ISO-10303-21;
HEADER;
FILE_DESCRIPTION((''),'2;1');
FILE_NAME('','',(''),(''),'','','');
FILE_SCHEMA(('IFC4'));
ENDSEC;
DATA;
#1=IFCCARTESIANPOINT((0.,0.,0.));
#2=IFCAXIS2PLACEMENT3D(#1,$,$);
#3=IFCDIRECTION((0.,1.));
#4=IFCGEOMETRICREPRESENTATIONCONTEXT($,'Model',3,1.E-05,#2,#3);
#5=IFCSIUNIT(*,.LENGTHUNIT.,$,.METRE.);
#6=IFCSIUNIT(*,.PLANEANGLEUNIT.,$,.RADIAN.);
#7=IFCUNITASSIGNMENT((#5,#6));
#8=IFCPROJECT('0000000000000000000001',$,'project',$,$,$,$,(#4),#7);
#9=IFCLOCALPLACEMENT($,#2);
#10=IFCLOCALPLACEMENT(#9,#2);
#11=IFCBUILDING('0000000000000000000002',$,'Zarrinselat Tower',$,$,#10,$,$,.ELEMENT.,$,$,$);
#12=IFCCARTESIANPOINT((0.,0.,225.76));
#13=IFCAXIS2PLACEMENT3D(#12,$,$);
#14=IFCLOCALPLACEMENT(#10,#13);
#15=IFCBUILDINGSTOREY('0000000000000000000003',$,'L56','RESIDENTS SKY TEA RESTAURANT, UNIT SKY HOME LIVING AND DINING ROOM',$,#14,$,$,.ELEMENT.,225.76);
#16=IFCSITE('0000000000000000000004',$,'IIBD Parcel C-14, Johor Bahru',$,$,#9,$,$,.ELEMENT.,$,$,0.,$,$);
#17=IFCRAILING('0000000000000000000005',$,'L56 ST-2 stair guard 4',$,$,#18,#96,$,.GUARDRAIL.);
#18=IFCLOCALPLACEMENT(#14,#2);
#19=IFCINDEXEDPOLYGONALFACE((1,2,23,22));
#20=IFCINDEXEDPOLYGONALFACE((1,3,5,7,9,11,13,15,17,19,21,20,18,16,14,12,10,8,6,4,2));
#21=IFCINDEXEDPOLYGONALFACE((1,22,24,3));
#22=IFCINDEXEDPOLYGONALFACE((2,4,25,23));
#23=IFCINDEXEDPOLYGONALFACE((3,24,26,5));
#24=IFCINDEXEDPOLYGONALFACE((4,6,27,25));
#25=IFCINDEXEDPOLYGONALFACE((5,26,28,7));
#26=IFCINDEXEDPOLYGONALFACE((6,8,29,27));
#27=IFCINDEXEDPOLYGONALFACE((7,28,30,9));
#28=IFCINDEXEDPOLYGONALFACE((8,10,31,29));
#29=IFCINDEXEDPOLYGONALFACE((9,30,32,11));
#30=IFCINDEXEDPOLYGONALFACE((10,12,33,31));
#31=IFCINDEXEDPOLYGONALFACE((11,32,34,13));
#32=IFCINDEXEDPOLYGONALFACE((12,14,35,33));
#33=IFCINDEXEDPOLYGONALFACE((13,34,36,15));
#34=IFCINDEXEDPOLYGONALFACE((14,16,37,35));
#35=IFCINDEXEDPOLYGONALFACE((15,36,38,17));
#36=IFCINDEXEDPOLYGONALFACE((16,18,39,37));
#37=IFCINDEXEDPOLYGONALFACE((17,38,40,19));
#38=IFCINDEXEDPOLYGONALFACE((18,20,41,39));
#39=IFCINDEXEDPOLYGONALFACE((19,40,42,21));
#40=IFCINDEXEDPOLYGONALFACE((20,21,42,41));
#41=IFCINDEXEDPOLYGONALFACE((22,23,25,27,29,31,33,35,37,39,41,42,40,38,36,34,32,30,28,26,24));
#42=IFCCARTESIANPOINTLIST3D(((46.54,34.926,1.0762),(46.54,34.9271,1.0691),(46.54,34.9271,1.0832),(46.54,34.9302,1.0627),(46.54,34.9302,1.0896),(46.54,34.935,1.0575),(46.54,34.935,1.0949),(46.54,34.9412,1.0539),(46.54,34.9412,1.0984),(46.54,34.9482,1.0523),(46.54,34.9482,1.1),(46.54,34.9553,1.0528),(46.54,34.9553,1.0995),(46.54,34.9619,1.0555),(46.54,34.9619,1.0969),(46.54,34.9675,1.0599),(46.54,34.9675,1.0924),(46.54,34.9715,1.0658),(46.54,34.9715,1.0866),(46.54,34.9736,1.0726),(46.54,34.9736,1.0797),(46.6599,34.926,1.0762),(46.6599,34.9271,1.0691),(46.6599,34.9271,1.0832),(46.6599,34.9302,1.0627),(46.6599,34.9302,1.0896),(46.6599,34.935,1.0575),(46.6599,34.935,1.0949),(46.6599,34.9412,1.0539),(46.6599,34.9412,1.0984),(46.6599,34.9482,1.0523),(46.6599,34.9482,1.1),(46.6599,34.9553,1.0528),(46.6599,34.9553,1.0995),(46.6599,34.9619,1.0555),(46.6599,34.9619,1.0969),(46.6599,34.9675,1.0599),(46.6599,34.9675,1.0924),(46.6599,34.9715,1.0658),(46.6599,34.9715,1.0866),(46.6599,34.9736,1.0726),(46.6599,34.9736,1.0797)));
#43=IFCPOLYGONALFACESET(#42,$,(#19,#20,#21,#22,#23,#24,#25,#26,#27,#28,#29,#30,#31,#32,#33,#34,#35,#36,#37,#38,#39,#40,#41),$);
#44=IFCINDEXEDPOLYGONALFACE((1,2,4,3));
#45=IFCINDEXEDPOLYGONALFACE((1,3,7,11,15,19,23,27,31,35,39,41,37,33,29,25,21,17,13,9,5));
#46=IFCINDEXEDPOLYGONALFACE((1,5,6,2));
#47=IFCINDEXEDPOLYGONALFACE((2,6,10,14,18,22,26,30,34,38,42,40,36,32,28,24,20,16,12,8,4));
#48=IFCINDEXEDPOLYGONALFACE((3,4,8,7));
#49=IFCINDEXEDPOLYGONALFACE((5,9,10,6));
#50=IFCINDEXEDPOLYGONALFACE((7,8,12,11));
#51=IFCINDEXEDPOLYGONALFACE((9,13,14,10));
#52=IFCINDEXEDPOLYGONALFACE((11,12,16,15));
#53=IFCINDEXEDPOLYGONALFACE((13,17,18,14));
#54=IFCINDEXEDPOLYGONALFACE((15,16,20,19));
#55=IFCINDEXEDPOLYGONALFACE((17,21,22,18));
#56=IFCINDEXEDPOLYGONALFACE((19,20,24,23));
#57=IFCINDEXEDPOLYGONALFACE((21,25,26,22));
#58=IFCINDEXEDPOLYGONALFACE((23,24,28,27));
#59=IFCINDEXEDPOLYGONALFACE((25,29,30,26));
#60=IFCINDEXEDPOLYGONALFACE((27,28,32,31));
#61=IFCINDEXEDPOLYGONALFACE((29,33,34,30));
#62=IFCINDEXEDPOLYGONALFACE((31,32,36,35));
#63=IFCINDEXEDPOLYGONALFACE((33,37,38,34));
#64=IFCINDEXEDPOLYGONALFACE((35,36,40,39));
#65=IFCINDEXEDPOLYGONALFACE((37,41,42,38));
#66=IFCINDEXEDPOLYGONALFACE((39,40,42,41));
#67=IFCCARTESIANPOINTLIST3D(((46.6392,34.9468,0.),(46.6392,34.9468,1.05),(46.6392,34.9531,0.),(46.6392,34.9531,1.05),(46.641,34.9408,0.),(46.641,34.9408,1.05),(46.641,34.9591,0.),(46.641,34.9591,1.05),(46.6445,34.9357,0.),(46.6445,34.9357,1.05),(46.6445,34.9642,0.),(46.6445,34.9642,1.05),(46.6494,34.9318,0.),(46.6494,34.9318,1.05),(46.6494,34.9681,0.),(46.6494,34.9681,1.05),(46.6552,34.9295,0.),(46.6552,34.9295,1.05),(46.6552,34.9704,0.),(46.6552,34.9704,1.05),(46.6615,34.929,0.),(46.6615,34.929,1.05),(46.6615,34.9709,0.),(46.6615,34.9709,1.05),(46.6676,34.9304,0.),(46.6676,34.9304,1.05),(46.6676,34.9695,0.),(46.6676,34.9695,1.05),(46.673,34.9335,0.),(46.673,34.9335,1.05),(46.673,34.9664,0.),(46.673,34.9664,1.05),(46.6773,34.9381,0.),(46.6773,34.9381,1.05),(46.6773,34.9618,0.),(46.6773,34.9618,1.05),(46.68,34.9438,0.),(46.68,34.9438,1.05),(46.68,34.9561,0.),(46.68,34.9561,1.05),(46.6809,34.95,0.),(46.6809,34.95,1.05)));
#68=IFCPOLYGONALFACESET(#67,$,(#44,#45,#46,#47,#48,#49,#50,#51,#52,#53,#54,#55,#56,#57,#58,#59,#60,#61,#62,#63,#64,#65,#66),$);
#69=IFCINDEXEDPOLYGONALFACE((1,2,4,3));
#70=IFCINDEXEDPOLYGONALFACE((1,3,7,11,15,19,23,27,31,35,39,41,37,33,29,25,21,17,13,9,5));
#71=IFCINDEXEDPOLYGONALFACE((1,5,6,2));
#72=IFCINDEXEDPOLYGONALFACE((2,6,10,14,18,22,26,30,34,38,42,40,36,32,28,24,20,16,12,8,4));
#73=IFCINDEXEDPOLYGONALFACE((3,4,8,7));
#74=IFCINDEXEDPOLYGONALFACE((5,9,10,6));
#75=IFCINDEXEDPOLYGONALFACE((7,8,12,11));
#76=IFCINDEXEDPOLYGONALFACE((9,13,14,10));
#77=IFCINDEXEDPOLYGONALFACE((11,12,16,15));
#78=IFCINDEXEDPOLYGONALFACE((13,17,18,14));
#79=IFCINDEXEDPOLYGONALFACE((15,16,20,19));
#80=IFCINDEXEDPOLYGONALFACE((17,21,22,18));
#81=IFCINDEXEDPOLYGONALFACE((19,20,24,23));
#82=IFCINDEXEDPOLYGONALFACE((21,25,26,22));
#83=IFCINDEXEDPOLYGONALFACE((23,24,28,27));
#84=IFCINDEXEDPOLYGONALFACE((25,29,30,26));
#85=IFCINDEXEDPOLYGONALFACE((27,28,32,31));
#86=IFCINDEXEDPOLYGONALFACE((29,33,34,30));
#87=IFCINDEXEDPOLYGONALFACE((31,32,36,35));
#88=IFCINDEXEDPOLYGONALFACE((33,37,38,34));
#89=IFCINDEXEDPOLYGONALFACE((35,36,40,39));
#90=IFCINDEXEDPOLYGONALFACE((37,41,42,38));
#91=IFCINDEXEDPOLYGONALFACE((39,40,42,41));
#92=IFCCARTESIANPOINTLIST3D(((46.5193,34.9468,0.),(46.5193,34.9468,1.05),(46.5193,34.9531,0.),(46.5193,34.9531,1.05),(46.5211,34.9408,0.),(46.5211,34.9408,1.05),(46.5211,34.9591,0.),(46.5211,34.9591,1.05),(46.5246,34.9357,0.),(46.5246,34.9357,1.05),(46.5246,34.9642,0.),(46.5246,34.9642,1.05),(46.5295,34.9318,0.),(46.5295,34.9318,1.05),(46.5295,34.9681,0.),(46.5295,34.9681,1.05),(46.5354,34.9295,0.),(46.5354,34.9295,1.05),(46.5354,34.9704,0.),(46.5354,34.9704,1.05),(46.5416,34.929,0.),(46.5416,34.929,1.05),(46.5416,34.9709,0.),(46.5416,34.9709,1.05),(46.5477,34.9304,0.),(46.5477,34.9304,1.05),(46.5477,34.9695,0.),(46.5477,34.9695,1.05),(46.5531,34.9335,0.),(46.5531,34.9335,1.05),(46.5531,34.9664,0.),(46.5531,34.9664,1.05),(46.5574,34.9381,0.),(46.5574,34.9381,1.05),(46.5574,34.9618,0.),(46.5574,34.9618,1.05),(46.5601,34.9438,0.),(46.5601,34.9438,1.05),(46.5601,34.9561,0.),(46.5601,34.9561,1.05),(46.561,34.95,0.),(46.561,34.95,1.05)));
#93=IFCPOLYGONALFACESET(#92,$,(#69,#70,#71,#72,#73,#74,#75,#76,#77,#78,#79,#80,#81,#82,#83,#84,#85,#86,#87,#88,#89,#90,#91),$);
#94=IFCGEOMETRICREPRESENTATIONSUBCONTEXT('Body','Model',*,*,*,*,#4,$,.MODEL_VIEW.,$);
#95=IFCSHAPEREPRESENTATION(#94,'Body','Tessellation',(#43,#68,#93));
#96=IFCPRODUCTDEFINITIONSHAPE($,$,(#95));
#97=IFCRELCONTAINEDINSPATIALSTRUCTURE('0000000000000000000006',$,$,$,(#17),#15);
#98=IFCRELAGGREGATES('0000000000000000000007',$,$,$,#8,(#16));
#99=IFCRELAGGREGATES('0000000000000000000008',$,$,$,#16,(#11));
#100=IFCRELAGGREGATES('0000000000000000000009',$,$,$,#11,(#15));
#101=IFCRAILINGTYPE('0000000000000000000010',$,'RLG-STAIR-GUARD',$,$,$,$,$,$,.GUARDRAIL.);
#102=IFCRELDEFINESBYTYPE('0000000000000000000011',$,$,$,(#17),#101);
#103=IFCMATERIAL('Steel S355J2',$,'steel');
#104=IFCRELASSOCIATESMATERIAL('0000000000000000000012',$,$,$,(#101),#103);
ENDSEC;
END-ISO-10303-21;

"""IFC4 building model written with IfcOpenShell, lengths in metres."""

from ifc_helpers import new_model, si_unit, direction, frame, origin, origin_2d, place, context, subcontext, project, spatial, circle, extrude, material, type_object, element, save


model = new_model("IFC4")

# Units and contexts
model_context = context("Model", 3, precision=1e-05, world=origin(), true_north=direction((0.0, 1.0)))
body_context = subcontext(model_context, "Body", "Model", "MODEL_VIEW")
ifc_project = project(units=[si_unit("LENGTHUNIT", "METRE"), si_unit("PLANEANGLEUNIT", "RADIAN")], contexts=[model_context])

# Site, building, storey
site_placement = place(None, origin())
site = spatial("IfcSite", under=ifc_project, at=site_placement, Name="IIBD Parcel C-14, Johor Bahru", CompositionType="ELEMENT", RefElevation=0.0)
building_placement = place(site_placement, origin())
building = spatial("IfcBuilding", under=site, at=building_placement, Name="Zarrinselat Tower", CompositionType="ELEMENT")
storey_placement = place(building_placement, frame((0.0, 0.0, 225.76)))
storey = spatial("IfcBuildingStorey", under=building, at=storey_placement, Name="L56", Description="RESIDENTS SKY TEA RESTAURANT, UNIT SKY HOME LIVING AND DINING ROOM", CompositionType="ELEMENT", Elevation=225.76)

# Railing
ifc_material_1 = material(Name="Steel S355J2", Category="steel")
railing_type_1 = type_object("IfcRailingType", Name="RLG-STAIR-GUARD", PredefinedType="GUARDRAIL", material=ifc_material_1)
railing_1_placement = place(storey_placement, frame((46.6599, 34.95, 0.0)))
element("IfcRailing", 1, at=railing_1_placement, inside=storey, type_object=railing_type_1, Name="L56 ST-2 stair guard 4", PredefinedType="GUARDRAIL", context=body_context, shape_type="SweptSolid", body=[
    extrude(circle(Radius=0.0239, at=origin_2d()), frame((0.0, 0.0, 1.0762), z_axis=(-1.0, 0.0, 0.0), x_axis=(0.0, -1.0, 0.0)), (0.0, 0.0, 1.0), 0.1199),
    extrude(circle(Radius=0.021, at=origin_2d()), origin(), (0.0, 0.0, 1.0), 1.05),
    extrude(circle(Radius=0.021, at=origin_2d()), frame((-0.1199, 0.0, 0.0)), (0.0, 0.0, 1.0), 1.05),
])

save(model, "model.ifc")
